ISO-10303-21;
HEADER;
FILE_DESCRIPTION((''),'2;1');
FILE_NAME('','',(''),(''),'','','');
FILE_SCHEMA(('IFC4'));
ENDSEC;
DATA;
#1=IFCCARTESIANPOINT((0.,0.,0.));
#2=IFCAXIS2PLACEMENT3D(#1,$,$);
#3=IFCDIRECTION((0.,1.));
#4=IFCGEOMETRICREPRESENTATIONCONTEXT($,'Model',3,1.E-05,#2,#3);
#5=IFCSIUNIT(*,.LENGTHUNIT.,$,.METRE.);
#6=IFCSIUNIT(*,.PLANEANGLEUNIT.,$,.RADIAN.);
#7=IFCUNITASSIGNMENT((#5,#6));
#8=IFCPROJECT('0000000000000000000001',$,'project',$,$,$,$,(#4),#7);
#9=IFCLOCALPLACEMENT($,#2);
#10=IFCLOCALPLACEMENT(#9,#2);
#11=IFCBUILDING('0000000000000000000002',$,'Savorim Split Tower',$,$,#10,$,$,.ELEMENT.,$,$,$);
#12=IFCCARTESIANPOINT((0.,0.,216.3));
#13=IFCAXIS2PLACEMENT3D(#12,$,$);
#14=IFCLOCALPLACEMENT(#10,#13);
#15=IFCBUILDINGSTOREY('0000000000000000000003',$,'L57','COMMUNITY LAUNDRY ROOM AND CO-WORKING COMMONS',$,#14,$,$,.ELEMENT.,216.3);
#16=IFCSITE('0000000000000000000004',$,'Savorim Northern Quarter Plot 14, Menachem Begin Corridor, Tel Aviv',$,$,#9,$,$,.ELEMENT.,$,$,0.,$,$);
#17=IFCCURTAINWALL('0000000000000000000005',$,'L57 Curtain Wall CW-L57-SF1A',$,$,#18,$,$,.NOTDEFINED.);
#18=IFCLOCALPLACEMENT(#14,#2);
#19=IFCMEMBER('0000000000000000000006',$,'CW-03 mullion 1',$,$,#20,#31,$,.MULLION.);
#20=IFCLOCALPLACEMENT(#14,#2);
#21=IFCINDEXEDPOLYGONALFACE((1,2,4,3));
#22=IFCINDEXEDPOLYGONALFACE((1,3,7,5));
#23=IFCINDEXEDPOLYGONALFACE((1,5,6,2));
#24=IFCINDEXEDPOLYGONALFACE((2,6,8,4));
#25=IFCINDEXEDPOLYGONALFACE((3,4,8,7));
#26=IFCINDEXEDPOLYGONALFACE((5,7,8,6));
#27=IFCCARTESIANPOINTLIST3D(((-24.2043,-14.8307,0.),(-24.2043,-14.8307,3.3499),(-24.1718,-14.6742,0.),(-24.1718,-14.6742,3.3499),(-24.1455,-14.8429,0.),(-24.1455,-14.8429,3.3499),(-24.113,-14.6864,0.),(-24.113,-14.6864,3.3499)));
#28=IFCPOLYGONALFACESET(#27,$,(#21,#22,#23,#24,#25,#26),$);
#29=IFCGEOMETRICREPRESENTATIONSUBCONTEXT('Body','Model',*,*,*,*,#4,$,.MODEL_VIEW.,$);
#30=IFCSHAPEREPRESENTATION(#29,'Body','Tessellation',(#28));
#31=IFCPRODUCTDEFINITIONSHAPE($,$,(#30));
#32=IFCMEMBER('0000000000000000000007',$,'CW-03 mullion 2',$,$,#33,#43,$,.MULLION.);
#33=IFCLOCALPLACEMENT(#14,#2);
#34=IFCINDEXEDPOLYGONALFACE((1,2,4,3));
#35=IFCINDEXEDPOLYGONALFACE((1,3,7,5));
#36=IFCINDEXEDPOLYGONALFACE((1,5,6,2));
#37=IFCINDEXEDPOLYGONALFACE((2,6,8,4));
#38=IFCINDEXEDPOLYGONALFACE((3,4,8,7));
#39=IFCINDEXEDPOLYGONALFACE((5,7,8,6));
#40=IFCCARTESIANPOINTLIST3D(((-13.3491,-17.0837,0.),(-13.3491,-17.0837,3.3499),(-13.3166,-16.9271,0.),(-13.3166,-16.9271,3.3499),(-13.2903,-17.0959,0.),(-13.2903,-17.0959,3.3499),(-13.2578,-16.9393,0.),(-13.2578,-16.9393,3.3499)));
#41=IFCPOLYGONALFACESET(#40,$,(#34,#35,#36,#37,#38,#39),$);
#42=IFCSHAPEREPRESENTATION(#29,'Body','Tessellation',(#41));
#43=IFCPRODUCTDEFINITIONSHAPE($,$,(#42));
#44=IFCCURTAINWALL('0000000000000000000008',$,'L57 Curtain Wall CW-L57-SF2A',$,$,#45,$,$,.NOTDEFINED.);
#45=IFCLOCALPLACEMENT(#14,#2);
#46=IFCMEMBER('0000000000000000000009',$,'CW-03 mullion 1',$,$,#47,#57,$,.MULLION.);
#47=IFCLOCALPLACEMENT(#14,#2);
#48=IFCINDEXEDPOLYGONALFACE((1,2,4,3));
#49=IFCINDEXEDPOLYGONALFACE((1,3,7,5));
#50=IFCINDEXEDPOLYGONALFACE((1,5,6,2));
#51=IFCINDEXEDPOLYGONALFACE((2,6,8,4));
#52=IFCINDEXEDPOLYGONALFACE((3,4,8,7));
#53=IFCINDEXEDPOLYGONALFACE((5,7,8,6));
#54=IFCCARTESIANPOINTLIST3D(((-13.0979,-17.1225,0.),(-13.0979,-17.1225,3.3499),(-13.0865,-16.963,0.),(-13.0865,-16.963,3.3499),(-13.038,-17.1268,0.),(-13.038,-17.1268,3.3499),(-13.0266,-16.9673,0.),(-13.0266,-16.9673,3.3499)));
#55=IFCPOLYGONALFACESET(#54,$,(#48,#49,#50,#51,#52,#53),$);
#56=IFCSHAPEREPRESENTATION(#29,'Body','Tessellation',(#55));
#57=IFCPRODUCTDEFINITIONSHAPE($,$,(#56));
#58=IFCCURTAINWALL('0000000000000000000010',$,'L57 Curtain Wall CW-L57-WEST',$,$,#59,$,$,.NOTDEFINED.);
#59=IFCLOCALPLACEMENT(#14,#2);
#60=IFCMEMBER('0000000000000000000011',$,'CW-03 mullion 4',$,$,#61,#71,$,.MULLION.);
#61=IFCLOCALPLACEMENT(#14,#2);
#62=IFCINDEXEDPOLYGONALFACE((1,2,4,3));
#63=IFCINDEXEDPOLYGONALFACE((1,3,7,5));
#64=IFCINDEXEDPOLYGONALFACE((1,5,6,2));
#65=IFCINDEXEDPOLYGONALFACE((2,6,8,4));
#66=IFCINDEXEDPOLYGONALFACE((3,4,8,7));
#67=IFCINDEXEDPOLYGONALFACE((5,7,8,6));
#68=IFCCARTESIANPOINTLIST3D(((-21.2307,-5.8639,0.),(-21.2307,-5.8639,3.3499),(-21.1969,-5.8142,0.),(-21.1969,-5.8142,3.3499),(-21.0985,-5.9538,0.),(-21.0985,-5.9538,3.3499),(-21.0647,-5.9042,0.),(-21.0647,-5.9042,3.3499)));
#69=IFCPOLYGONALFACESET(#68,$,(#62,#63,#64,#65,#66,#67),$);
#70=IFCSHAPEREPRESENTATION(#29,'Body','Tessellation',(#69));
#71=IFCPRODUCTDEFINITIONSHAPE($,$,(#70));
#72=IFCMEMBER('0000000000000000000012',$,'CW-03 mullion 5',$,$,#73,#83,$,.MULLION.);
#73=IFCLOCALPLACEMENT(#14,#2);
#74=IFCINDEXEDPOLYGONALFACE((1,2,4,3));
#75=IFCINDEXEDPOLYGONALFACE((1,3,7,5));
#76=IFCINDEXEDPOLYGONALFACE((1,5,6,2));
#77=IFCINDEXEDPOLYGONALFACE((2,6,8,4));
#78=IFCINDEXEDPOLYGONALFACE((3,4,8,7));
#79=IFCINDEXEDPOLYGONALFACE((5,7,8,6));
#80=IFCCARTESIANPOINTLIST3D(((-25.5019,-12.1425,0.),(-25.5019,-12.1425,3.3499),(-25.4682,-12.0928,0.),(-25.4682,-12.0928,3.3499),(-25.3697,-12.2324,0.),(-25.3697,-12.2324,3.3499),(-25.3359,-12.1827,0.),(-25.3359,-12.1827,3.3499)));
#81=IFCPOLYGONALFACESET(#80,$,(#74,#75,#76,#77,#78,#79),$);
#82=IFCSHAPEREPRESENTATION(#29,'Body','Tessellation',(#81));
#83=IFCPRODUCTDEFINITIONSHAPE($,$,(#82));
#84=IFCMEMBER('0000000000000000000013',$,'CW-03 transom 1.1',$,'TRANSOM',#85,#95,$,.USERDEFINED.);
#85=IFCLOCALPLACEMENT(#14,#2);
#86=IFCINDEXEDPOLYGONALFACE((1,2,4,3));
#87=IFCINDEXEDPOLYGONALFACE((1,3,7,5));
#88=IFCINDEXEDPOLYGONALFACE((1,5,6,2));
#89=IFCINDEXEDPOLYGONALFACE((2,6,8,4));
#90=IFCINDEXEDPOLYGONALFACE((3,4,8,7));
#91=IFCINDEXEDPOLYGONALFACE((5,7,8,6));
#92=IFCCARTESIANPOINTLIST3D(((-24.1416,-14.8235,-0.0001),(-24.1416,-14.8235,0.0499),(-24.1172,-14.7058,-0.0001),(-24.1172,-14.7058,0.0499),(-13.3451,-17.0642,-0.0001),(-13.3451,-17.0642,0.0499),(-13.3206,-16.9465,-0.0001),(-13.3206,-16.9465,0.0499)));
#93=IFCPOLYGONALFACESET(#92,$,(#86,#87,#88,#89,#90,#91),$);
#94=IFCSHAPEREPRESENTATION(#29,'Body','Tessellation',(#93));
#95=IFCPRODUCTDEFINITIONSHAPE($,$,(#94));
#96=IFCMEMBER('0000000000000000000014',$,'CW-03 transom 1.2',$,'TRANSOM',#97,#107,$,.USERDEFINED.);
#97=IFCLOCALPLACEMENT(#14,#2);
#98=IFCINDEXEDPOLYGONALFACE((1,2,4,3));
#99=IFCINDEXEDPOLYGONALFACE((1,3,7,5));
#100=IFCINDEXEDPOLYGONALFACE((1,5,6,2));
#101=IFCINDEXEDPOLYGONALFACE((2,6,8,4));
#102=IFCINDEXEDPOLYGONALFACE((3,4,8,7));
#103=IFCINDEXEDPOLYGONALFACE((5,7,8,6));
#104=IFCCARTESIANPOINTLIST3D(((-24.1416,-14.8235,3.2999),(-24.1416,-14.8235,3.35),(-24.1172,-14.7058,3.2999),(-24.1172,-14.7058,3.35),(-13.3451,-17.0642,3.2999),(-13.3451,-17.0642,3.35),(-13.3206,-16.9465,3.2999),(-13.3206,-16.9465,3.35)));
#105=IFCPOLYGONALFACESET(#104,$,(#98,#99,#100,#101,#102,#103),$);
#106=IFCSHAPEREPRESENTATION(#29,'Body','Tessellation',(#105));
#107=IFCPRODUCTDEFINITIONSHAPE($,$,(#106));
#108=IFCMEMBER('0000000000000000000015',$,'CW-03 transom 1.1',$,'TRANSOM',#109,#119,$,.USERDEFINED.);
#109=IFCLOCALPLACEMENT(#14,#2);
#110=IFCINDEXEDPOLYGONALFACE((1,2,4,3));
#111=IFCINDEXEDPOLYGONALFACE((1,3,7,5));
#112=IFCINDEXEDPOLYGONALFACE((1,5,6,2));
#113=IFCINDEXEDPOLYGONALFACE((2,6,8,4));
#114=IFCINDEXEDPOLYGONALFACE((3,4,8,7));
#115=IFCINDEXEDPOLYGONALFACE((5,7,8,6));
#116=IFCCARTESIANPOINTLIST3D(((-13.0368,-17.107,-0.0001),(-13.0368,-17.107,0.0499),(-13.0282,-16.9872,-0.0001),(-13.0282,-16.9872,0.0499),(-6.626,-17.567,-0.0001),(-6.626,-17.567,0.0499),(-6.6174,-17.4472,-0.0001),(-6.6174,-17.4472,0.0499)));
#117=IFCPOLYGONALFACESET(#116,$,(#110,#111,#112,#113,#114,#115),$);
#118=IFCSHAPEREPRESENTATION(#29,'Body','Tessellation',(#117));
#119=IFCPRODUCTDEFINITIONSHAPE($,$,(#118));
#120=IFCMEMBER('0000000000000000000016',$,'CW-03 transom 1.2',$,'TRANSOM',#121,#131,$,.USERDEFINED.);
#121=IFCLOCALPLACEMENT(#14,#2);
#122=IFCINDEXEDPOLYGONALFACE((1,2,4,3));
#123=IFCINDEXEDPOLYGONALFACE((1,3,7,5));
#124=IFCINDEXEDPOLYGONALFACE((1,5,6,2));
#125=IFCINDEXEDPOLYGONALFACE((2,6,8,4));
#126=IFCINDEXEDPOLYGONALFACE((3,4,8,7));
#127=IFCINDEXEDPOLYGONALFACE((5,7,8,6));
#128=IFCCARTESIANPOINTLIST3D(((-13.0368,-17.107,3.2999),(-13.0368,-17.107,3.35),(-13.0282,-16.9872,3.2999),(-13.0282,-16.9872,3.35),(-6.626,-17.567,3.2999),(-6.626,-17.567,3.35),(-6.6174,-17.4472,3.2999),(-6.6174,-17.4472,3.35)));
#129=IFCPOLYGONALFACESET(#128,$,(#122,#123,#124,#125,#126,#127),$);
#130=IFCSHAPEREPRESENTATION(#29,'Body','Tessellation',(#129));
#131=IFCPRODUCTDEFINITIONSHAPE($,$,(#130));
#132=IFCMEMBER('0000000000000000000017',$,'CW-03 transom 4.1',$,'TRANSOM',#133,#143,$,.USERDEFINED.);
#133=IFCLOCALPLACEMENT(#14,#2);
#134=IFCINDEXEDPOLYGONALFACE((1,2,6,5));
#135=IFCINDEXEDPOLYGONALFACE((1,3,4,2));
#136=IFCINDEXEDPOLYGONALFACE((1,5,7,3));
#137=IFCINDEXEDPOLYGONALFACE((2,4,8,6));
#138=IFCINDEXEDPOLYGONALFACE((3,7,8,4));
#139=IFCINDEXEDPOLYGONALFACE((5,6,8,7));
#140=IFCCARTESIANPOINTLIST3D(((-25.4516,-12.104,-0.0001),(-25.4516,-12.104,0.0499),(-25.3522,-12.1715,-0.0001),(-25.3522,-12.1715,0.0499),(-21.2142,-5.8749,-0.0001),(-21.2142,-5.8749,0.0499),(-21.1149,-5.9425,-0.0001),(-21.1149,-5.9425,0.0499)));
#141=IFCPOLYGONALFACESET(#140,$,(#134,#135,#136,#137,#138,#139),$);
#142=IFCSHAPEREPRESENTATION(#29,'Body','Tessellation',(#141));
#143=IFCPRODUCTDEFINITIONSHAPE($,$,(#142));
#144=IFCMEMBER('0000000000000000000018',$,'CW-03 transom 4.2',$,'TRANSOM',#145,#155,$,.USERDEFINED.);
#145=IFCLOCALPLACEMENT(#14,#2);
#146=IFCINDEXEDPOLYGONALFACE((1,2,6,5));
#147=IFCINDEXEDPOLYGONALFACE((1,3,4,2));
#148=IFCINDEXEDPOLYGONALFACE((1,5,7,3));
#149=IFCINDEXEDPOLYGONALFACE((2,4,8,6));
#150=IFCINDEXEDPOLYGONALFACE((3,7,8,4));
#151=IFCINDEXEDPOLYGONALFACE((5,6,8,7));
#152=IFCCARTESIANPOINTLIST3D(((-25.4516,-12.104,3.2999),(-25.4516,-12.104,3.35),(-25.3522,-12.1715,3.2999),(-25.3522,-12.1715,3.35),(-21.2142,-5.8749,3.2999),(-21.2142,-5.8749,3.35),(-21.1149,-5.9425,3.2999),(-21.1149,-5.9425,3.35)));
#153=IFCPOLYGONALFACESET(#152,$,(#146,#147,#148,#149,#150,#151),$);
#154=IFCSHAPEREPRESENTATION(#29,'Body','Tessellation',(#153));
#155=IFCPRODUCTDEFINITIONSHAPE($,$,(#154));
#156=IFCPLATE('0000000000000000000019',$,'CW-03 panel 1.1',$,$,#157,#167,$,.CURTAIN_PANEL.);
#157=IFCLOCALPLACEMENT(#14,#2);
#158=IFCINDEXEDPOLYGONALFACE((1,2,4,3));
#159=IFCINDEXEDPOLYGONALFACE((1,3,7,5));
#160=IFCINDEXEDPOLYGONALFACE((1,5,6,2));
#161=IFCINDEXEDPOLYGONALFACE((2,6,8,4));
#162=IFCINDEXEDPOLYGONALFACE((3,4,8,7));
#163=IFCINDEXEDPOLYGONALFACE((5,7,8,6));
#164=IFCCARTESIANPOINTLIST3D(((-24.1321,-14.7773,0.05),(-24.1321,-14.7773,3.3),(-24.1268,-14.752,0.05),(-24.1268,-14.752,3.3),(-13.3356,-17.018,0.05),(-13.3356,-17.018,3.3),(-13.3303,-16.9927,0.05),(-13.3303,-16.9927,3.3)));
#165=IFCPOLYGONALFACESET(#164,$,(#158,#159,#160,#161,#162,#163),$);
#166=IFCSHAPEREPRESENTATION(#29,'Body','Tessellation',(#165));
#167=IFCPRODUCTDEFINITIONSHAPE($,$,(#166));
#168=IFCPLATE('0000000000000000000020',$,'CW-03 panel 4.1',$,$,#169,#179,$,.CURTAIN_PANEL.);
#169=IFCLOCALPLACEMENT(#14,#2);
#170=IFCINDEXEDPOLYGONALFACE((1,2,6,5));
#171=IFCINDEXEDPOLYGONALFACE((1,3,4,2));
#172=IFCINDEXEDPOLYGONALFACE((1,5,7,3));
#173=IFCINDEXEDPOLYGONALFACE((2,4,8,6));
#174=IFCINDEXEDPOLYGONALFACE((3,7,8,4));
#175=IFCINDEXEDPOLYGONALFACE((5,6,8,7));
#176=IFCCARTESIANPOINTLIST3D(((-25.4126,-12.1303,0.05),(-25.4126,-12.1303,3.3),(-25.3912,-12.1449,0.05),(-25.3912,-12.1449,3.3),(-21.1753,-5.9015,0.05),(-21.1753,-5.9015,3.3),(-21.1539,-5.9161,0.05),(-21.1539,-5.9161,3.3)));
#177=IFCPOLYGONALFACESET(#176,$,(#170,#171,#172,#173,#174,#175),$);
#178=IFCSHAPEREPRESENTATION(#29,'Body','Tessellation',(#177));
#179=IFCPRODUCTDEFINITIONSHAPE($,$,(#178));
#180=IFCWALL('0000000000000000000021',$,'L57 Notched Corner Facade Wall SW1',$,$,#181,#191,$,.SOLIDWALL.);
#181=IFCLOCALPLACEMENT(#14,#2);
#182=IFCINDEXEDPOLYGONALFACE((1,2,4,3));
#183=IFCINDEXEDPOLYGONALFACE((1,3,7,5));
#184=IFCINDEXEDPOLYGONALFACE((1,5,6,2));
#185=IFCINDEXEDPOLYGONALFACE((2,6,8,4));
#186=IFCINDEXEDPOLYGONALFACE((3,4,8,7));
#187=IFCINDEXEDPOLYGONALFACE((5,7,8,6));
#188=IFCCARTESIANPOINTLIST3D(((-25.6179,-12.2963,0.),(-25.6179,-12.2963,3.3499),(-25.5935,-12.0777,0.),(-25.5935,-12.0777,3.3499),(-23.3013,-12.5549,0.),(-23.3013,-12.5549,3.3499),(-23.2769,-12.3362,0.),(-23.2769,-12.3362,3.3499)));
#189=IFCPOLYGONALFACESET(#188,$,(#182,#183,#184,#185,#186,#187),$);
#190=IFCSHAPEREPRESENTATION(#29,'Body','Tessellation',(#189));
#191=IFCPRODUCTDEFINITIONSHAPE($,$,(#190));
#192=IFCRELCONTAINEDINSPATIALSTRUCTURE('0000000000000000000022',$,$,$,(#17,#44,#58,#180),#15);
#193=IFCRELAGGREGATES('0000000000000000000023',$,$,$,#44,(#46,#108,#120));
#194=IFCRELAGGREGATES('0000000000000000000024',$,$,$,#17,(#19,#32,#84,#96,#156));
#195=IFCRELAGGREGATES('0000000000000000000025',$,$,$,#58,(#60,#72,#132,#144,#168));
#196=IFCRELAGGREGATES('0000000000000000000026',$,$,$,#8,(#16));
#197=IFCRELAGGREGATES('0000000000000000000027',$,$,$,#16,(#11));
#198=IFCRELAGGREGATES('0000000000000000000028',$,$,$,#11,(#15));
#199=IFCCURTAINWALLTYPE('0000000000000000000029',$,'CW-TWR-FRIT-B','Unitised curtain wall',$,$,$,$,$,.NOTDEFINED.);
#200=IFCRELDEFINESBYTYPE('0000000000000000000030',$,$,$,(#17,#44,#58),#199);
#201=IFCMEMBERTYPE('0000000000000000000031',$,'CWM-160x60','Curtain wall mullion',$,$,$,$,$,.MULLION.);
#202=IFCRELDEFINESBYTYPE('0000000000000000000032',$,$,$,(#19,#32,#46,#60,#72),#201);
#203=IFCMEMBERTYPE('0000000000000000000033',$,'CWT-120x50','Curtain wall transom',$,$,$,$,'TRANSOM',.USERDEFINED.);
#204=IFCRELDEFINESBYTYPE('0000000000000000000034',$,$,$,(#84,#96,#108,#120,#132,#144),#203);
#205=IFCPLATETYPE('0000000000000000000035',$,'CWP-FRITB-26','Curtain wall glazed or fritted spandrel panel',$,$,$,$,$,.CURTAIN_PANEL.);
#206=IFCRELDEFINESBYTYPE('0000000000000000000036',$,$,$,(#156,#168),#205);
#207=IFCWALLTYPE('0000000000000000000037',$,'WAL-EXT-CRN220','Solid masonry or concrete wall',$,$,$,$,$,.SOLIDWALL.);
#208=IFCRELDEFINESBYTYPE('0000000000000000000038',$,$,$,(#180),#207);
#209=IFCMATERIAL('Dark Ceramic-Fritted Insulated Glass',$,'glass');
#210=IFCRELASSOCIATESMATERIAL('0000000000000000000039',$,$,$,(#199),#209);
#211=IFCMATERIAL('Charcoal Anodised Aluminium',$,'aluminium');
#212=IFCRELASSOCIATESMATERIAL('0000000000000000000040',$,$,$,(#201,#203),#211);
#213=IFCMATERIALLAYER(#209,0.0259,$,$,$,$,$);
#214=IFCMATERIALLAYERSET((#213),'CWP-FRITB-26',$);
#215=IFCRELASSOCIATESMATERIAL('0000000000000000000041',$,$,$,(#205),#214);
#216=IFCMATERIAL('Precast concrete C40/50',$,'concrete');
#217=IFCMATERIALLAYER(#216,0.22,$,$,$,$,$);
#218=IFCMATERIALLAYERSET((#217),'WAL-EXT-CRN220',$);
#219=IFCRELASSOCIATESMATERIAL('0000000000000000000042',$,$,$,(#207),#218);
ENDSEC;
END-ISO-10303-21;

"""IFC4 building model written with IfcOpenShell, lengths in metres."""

from ifc_helpers import new_model, si_unit, direction, frame, frame_2d, origin, origin_2d, place, context, subcontext, project, spatial, rectangle, extrude, material, layer, layer_set, material_profile, profile_set, type_object, element, aggregate, save


model = new_model("IFC4")

# Units and contexts
model_context = context("Model", 3, precision=1e-05, world=origin(), true_north=direction((0.0, 1.0)))
body_context = subcontext(model_context, "Body", "Model", "MODEL_VIEW")
ifc_project = project(units=[si_unit("LENGTHUNIT", "METRE"), si_unit("PLANEANGLEUNIT", "RADIAN")], contexts=[model_context])

# Site, building, storey
site_placement = place(None, origin())
site = spatial("IfcSite", under=ifc_project, at=site_placement, Name="Savorim Northern Quarter Plot 14, Menachem Begin Corridor, Tel Aviv", CompositionType="ELEMENT", RefElevation=0.0)
building_placement = place(site_placement, origin())
building = spatial("IfcBuilding", under=site, at=building_placement, Name="Savorim Split Tower", CompositionType="ELEMENT")
storey_placement = place(building_placement, frame((0.0, 0.0, 216.3)))
storey = spatial("IfcBuildingStorey", under=building, at=storey_placement, Name="L57", Description="COMMUNITY LAUNDRY ROOM AND CO-WORKING COMMONS", CompositionType="ELEMENT", Elevation=216.3)

# Curtain wall, members
ifc_material_1 = material(Name="Dark Ceramic-Fritted Insulated Glass", Category="glass")
curtain_wall_type = type_object("IfcCurtainWallType", Name="CW-TWR-FRIT-B", Description="Unitised curtain wall", PredefinedType="NOTDEFINED", material=ifc_material_1)
curtain_wall_1_placement = place(storey_placement, origin())
curtain_wall_1 = element("IfcCurtainWall", 1, at=curtain_wall_1_placement, inside=storey, type_object=curtain_wall_type, Name="L57 Curtain Wall CW-L57-SF1A", PredefinedType="NOTDEFINED")
ifc_material_2 = material(Name="Charcoal Anodised Aluminium", Category="aluminium")
ifc_material_profile_1 = material_profile(ifc_material_2, rectangle(XDim=0.1599, YDim=0.0601, at=origin_2d()), Name="ALU-M 160x60")
ifc_profile_set_1 = profile_set([ifc_material_profile_1], Name="Charcoal Anodised Aluminium")
member_type_1 = type_object("IfcMemberType", Name="CWM-160x60", Description="Curtain wall mullion", PredefinedType="MULLION", material=ifc_profile_set_1)
member_1_placement = place(storey_placement, frame((-24.1587, -14.7585, 0.0), z_axis=(0.0, 0.0, 1.0), x_axis=(0.20321, 0.979135, 0.0)))
member_1 = element("IfcMember", 2, at=member_1_placement, type_object=member_type_1, Name="CW-03 mullion 1", PredefinedType="MULLION", context=body_context, shape_type="SweptSolid", body=[
    extrude(rectangle(XDim=0.1599, YDim=0.0601, at=origin_2d()), origin(), (0.0, 0.0, 1.0), 3.3499),
])
member_2_placement = place(storey_placement, frame((-13.3035, -17.0115, 0.0), z_axis=(0.0, 0.0, 1.0), x_axis=(0.20321, 0.979135, 0.0)))
member_2 = element("IfcMember", 3, at=member_2_placement, type_object=member_type_1, Name="CW-03 mullion 2", PredefinedType="MULLION", context=body_context, shape_type="SweptSolid", body=[
    extrude(rectangle(XDim=0.1599, YDim=0.0601, at=origin_2d()), origin(), (0.0, 0.0, 1.0), 3.3499),
])

# Curtain wall, member
curtain_wall_2_placement = place(storey_placement, origin())
curtain_wall_2 = element("IfcCurtainWall", 4, at=curtain_wall_2_placement, inside=storey, type_object=curtain_wall_type, Name="L57 Curtain Wall CW-L57-SF2A", PredefinedType="NOTDEFINED")
member_3_placement = place(storey_placement, frame((-13.0623, -17.0449, 0.0), z_axis=(0.0, 0.0, 1.0), x_axis=(0.071564, 0.997436, 0.0)))
member_3 = element("IfcMember", 5, at=member_3_placement, type_object=member_type_1, Name="CW-03 mullion 1", PredefinedType="MULLION", context=body_context, shape_type="SweptSolid", body=[
    extrude(rectangle(XDim=0.1599, YDim=0.0601, at=origin_2d()), origin(), (0.0, 0.0, 1.0), 3.3499),
])

# Curtain wall, members
curtain_wall_3_placement = place(storey_placement, origin())
curtain_wall_3 = element("IfcCurtainWall", 6, at=curtain_wall_3_placement, inside=storey, type_object=curtain_wall_type, Name="L57 Curtain Wall CW-L57-WEST", PredefinedType="NOTDEFINED")
member_4_placement = place(storey_placement, frame((-21.1477, -5.884, 0.0), z_axis=(0.0, 0.0, 1.0), x_axis=(0.826821, -0.562465, 0.0)))
member_4 = element("IfcMember", 7, at=member_4_placement, type_object=member_type_1, Name="CW-03 mullion 4", PredefinedType="MULLION", context=body_context, shape_type="SweptSolid", body=[
    extrude(rectangle(XDim=0.1599, YDim=0.0601, at=origin_2d()), origin(), (0.0, 0.0, 1.0), 3.3499),
])
member_5_placement = place(storey_placement, frame((-25.4189, -12.1626, 0.0), z_axis=(0.0, 0.0, 1.0), x_axis=(0.826821, -0.562465, 0.0)))
member_5 = element("IfcMember", 8, at=member_5_placement, type_object=member_type_1, Name="CW-03 mullion 5", PredefinedType="MULLION", context=body_context, shape_type="SweptSolid", body=[
    extrude(rectangle(XDim=0.1599, YDim=0.0601, at=origin_2d()), origin(), (0.0, 0.0, 1.0), 3.3499),
])

# Members
ifc_material_profile_2 = material_profile(ifc_material_2, rectangle(XDim=0.1201, YDim=0.05, at=origin_2d()), Name="ALU-T 120x50")
ifc_profile_set_2 = profile_set([ifc_material_profile_2], Name="Charcoal Anodised Aluminium")
member_type_2 = type_object("IfcMemberType", Name="CWT-120x50", Description="Curtain wall transom", ElementType="TRANSOM", PredefinedType="USERDEFINED", material=ifc_profile_set_2)
member_6_placement = place(storey_placement, frame((-24.1294, -14.7646, 0.0249), z_axis=(0.979135, -0.203209, 0.0), x_axis=(0.203209, 0.979135, 0.0)))
member_6 = element("IfcMember", 9, at=member_6_placement, type_object=member_type_2, Name="CW-03 transom 1.1", ObjectType="TRANSOM", PredefinedType="USERDEFINED", context=body_context, shape_type="SweptSolid", body=[
    extrude(rectangle(XDim=0.1201, YDim=0.05, at=origin_2d()), origin(), (0.0, 0.0, 1.0), 11.0266),
])
member_7_placement = place(storey_placement, frame((-24.1294, -14.7646, 3.325), z_axis=(0.979135, -0.203209, 0.0), x_axis=(0.203209, 0.979135, 0.0)))
member_7 = element("IfcMember", 10, at=member_7_placement, type_object=member_type_2, Name="CW-03 transom 1.2", ObjectType="TRANSOM", PredefinedType="USERDEFINED", context=body_context, shape_type="SweptSolid", body=[
    extrude(rectangle(XDim=0.1201, YDim=0.05, at=origin_2d()), origin(), (0.0, 0.0, 1.0), 11.0266),
])
member_8_placement = place(storey_placement, frame((-13.0325, -17.0471, 0.0249), z_axis=(0.997436, -0.071563, 0.0), x_axis=(0.071563, 0.997436, 0.0)))
member_8 = element("IfcMember", 11, at=member_8_placement, type_object=member_type_2, Name="CW-03 transom 1.1", ObjectType="TRANSOM", PredefinedType="USERDEFINED", context=body_context, shape_type="SweptSolid", body=[
    extrude(rectangle(XDim=0.1201, YDim=0.05, at=origin_2d()), origin(), (0.0, 0.0, 1.0), 6.4272),
])
member_9_placement = place(storey_placement, frame((-13.0325, -17.0471, 3.325), z_axis=(0.997436, -0.071563, 0.0), x_axis=(0.071563, 0.997436, 0.0)))
member_9 = element("IfcMember", 12, at=member_9_placement, type_object=member_type_2, Name="CW-03 transom 1.2", ObjectType="TRANSOM", PredefinedType="USERDEFINED", context=body_context, shape_type="SweptSolid", body=[
    extrude(rectangle(XDim=0.1201, YDim=0.05, at=origin_2d()), origin(), (0.0, 0.0, 1.0), 6.4272),
])
aggregate(curtain_wall_2, [member_3, member_8, member_9])
member_10_placement = place(storey_placement, frame((-21.1646, -5.9087, 0.0249), z_axis=(-0.562454, -0.826829, 0.0), x_axis=(0.826829, -0.562454, 0.0)))
member_10 = element("IfcMember", 13, at=member_10_placement, type_object=member_type_2, Name="CW-03 transom 4.1", ObjectType="TRANSOM", PredefinedType="USERDEFINED", context=body_context, shape_type="SweptSolid", body=[
    extrude(rectangle(XDim=0.1201, YDim=0.05, at=origin_2d()), origin(), (0.0, 0.0, 1.0), 7.5337),
])
member_11_placement = place(storey_placement, frame((-21.1646, -5.9087, 3.325), z_axis=(-0.562454, -0.826829, 0.0), x_axis=(0.826829, -0.562454, 0.0)))
member_11 = element("IfcMember", 14, at=member_11_placement, type_object=member_type_2, Name="CW-03 transom 4.2", ObjectType="TRANSOM", PredefinedType="USERDEFINED", context=body_context, shape_type="SweptSolid", body=[
    extrude(rectangle(XDim=0.1201, YDim=0.05, at=origin_2d()), origin(), (0.0, 0.0, 1.0), 7.5337),
])

# Plates
ifc_layer_1 = layer(ifc_material_1, 0.0259)
ifc_layer_set_1 = layer_set([ifc_layer_1], Name="CWP-FRITB-26")
plate_type = type_object("IfcPlateType", Name="CWP-FRITB-26", Description="Curtain wall glazed or fritted spandrel panel", PredefinedType="CURTAIN_PANEL", material=ifc_layer_set_1)
plate_1_placement = place(storey_placement, frame((-18.7312, -15.885, 0.05), z_axis=(0.0, 0.0, 1.0), x_axis=(0.979135, -0.20321, 0.0)))
plate_1 = element("IfcPlate", 15, at=plate_1_placement, type_object=plate_type, Name="CW-03 panel 1.1", PredefinedType="CURTAIN_PANEL", context=body_context, shape_type="SweptSolid", body=[
    extrude(rectangle(XDim=11.0266, YDim=0.0259, at=origin_2d()), origin(), (0.0, 0.0, 1.0), 3.25),
])
aggregate(curtain_wall_1, [member_1, member_2, member_6, member_7, plate_1])
plate_2_placement = place(storey_placement, frame((-23.2832, -9.0232, 0.05), z_axis=(0.0, 0.0, 1.0), x_axis=(-0.562465, -0.826821, 0.0)))
plate_2 = element("IfcPlate", 16, at=plate_2_placement, type_object=plate_type, Name="CW-03 panel 4.1", PredefinedType="CURTAIN_PANEL", context=body_context, shape_type="SweptSolid", body=[
    extrude(rectangle(XDim=7.5334, YDim=0.0259, at=origin_2d()), origin(), (0.0, 0.0, 1.0), 3.25),
])
aggregate(curtain_wall_3, [member_4, member_5, member_10, member_11, plate_2])

# Wall
ifc_material_3 = material(Name="Precast concrete C40/50", Category="concrete")
ifc_layer_2 = layer(ifc_material_3, 0.22)
ifc_layer_set_2 = layer_set([ifc_layer_2], Name="WAL-EXT-CRN220")
wall_type = type_object("IfcWallType", Name="WAL-EXT-CRN220", Description="Solid masonry or concrete wall", PredefinedType="SOLIDWALL", material=ifc_layer_set_2)
wall_1_placement = place(storey_placement, frame((-23.2891, -12.4456, 0.0), z_axis=(0.0, 0.0, 1.0), x_axis=(-0.99383, 0.110914, 0.0)))
element("IfcWall", 17, at=wall_1_placement, inside=storey, type_object=wall_type, Name="L57 Notched Corner Facade Wall SW1", PredefinedType="SOLIDWALL", context=body_context, shape_type="SweptSolid", body=[
    extrude(rectangle(XDim=2.3311, YDim=0.22, at=frame_2d((1.1655, 0.0))), origin(), (0.0, 0.0, 1.0), 3.3499),
])

save(model, "model.ifc")
